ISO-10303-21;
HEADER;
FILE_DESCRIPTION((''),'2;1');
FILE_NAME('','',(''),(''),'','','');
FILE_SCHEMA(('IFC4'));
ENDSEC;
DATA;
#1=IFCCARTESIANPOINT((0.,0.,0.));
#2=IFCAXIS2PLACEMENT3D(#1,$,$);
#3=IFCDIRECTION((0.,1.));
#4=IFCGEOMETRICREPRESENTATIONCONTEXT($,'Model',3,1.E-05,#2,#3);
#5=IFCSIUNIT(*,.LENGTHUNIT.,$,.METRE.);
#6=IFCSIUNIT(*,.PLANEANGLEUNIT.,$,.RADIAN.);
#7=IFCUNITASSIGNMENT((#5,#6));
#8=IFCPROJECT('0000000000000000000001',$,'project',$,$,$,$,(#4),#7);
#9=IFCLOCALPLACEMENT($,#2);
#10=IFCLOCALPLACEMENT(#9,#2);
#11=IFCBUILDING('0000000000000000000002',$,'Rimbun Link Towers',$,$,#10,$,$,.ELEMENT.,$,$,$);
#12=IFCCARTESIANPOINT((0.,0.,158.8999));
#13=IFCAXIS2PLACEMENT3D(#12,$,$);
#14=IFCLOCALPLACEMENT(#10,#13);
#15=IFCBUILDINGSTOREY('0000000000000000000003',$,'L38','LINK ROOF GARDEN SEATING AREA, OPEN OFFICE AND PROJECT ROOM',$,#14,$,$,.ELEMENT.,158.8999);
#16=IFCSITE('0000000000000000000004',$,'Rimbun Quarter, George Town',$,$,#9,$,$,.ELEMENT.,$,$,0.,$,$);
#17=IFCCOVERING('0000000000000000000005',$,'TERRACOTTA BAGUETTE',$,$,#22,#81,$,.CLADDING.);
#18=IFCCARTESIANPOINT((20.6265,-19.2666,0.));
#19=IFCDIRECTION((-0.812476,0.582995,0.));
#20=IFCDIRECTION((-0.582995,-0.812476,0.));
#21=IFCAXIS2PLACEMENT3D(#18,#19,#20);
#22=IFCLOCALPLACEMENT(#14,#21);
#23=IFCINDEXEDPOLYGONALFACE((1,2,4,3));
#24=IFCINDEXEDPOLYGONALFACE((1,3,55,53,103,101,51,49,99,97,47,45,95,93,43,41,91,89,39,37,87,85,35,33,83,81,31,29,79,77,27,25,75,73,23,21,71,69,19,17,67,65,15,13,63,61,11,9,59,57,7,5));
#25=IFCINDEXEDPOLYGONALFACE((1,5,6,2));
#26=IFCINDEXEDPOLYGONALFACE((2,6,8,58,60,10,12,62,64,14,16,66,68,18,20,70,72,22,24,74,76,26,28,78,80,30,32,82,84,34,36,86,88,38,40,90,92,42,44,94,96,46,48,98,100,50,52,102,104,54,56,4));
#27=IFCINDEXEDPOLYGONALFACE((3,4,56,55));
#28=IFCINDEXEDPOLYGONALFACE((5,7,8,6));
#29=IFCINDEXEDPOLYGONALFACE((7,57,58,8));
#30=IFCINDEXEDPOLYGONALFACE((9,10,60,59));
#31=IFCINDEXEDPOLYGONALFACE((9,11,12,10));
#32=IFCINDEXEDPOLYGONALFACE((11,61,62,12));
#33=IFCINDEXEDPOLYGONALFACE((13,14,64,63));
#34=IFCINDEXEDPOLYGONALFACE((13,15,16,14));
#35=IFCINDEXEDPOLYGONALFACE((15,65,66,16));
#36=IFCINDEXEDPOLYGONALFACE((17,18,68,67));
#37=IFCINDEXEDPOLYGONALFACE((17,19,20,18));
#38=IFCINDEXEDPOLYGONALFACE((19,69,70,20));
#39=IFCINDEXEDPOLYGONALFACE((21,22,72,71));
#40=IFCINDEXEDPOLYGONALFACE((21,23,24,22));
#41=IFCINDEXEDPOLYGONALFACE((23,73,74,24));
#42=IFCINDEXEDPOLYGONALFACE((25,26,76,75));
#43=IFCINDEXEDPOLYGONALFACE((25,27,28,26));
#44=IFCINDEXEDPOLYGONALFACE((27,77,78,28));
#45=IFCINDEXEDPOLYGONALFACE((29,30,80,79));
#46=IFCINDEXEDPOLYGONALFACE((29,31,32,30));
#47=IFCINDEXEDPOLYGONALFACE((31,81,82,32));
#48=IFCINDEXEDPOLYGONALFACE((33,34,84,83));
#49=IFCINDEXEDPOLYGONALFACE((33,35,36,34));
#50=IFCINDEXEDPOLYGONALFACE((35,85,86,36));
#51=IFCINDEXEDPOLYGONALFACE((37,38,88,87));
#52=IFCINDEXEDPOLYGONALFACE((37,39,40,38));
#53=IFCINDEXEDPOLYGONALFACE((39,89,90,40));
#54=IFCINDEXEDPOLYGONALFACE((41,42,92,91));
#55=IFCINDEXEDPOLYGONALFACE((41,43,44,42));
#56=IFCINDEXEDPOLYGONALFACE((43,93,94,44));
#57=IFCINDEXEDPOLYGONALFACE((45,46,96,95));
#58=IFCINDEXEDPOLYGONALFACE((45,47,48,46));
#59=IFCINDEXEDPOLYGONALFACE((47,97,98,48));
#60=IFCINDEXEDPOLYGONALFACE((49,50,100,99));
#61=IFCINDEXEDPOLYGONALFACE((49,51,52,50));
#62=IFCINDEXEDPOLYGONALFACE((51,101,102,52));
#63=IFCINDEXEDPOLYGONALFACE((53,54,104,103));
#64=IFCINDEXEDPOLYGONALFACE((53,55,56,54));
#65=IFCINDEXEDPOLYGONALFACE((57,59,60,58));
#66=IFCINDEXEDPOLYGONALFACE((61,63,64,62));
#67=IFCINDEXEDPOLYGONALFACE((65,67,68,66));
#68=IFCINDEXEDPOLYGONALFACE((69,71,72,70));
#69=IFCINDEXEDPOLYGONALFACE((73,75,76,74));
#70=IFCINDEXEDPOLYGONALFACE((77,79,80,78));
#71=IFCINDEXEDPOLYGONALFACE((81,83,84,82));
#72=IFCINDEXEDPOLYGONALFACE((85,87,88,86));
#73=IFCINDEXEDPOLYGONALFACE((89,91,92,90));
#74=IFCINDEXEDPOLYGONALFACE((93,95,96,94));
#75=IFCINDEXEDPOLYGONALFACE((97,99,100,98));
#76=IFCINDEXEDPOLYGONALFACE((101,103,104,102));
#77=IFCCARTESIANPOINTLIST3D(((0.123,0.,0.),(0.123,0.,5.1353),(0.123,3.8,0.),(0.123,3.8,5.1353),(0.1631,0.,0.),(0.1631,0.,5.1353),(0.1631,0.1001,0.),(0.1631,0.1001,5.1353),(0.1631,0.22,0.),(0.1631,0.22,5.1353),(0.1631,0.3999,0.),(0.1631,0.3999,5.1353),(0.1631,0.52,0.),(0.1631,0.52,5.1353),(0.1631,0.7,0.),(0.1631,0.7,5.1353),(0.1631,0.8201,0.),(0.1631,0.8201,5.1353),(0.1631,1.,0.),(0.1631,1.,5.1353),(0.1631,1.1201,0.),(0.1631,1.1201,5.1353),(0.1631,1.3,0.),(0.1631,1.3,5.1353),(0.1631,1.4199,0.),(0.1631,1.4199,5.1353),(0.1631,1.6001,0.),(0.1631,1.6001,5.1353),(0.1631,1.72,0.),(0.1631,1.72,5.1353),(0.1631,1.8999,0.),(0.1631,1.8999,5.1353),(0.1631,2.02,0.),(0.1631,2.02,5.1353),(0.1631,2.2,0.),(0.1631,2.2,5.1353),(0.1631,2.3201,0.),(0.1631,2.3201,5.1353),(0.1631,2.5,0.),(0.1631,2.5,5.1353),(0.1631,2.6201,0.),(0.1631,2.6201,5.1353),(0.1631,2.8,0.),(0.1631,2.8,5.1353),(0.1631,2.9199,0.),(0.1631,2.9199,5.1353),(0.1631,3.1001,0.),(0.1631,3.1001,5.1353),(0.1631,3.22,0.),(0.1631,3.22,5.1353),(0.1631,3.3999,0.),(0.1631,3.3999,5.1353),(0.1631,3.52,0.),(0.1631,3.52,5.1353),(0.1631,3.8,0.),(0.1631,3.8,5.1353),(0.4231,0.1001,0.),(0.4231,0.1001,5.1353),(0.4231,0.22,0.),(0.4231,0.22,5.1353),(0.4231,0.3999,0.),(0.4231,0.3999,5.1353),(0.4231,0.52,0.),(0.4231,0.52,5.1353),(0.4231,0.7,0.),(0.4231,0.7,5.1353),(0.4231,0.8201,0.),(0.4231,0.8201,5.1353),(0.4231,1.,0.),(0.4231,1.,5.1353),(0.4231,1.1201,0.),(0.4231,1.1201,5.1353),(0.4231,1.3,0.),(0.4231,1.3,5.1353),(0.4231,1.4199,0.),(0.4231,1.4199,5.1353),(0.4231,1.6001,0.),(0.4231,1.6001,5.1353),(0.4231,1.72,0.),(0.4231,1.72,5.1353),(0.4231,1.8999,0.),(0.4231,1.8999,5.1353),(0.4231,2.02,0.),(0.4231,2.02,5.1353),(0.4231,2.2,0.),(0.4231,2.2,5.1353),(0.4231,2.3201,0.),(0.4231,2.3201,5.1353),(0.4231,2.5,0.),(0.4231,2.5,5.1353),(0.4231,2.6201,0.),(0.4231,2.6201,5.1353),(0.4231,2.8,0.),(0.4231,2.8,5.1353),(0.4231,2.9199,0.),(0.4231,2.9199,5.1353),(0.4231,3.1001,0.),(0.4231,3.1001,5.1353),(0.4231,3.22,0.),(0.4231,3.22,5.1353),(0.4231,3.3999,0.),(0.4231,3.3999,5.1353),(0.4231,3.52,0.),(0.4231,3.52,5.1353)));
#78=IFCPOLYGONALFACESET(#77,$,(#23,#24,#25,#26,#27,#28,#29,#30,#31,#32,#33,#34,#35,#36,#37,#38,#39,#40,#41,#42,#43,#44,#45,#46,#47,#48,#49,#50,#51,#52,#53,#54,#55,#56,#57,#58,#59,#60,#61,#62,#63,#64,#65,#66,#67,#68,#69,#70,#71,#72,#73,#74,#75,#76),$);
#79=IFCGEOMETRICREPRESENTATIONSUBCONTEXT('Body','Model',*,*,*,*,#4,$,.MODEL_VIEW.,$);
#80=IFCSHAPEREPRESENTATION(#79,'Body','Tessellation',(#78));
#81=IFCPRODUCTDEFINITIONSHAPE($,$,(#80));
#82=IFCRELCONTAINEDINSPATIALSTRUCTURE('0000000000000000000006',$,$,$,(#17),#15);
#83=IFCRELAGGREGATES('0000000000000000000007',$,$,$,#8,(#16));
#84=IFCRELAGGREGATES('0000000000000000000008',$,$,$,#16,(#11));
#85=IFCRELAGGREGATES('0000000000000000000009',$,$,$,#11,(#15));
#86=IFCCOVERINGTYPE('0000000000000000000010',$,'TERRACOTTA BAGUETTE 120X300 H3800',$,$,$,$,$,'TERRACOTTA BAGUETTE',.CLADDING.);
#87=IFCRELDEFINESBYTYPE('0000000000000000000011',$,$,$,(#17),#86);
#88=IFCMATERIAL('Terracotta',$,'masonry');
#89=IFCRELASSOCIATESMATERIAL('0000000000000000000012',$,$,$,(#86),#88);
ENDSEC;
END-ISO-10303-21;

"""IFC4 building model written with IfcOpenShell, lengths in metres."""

from ifc_helpers import new_model, si_unit, direction, frame, origin, place, context, subcontext, project, spatial, polyline, outline, extrude, material, material_profile, profile_set, type_object, element, save


model = new_model("IFC4")

# Units and contexts
model_context = context("Model", 3, precision=1e-05, world=origin(), true_north=direction((0.0, 1.0)))
body_context = subcontext(model_context, "Body", "Model", "MODEL_VIEW")
ifc_project = project(units=[si_unit("LENGTHUNIT", "METRE"), si_unit("PLANEANGLEUNIT", "RADIAN")], contexts=[model_context])

# Site, building, storey
site_placement = place(None, origin())
site = spatial("IfcSite", under=ifc_project, at=site_placement, Name="Rimbun Quarter, George Town", CompositionType="ELEMENT", RefElevation=0.0)
building_placement = place(site_placement, origin())
building = spatial("IfcBuilding", under=site, at=building_placement, Name="Rimbun Link Towers", CompositionType="ELEMENT")
storey_placement = place(building_placement, frame((0.0, 0.0, 158.8999)))
storey = spatial("IfcBuildingStorey", under=building, at=storey_placement, Name="L38", Description="LINK ROOF GARDEN SEATING AREA, OPEN OFFICE AND PROJECT ROOM", CompositionType="ELEMENT", Elevation=158.8999)

# Covering
ifc_material_1 = material(Name="Terracotta", Category="masonry")
ifc_material_profile_1 = material_profile(ifc_material_1, outline(polyline([(0.123, 0.0), (0.1631, 0.0), (0.1631, 0.1001), (0.4231, 0.1001), (0.4231, 0.22), (0.1631, 0.22), (0.1631, 0.3999), (0.4231, 0.3999), (0.4231, 0.52), (0.1631, 0.52), (0.1631, 0.7), (0.4231, 0.7), (0.4231, 0.8201), (0.1631, 0.8201), (0.1631, 1.0), (0.4231, 1.0), (0.4231, 1.1201), (0.1631, 1.1201), (0.1631, 1.3), (0.4231, 1.3), (0.4231, 1.4199), (0.1631, 1.4199), (0.1631, 1.6001), (0.4231, 1.6001), (0.4231, 1.72), (0.1631, 1.72), (0.1631, 1.8999), (0.4231, 1.8999), (0.4231, 2.02), (0.1631, 2.02), (0.1631, 2.2), (0.4231, 2.2), (0.4231, 2.3201), (0.1631, 2.3201), (0.1631, 2.5), (0.4231, 2.5), (0.4231, 2.6201), (0.1631, 2.6201), (0.1631, 2.8), (0.4231, 2.8), (0.4231, 2.9199), (0.1631, 2.9199), (0.1631, 3.1001), (0.4231, 3.1001), (0.4231, 3.22), (0.1631, 3.22), (0.1631, 3.3999), (0.4231, 3.3999), (0.4231, 3.52), (0.1631, 3.52), (0.1631, 3.8), (0.123, 3.8), (0.123, 0.0)])), Name="BAGUETTE 120X300")
ifc_profile_set_1 = profile_set([ifc_material_profile_1], Name="Terracotta")
covering_type = type_object("IfcCoveringType", Name="TERRACOTTA BAGUETTE 120X300 H3800", ElementType="TERRACOTTA BAGUETTE", PredefinedType="CLADDING", material=ifc_profile_set_1)
covering_1_placement = place(storey_placement, frame((20.6265, -19.2666, 0.0), z_axis=(-0.812476, 0.582995, 0.0), x_axis=(-0.582995, -0.812476, 0.0)))
element("IfcCovering", 1, at=covering_1_placement, inside=storey, type_object=covering_type, Name="TERRACOTTA BAGUETTE", PredefinedType="CLADDING", context=body_context, shape_type="SweptSolid", body=[
    extrude(outline(polyline([(0.123, 0.0), (0.1631, 0.0), (0.1631, 0.1001), (0.4231, 0.1001), (0.4231, 0.22), (0.1631, 0.22), (0.1631, 0.3999), (0.4231, 0.3999), (0.4231, 0.52), (0.1631, 0.52), (0.1631, 0.7), (0.4231, 0.7), (0.4231, 0.8201), (0.1631, 0.8201), (0.1631, 1.0), (0.4231, 1.0), (0.4231, 1.1201), (0.1631, 1.1201), (0.1631, 1.3), (0.4231, 1.3), (0.4231, 1.4199), (0.1631, 1.4199), (0.1631, 1.6001), (0.4231, 1.6001), (0.4231, 1.72), (0.1631, 1.72), (0.1631, 1.8999), (0.4231, 1.8999), (0.4231, 2.02), (0.1631, 2.02), (0.1631, 2.2), (0.4231, 2.2), (0.4231, 2.3201), (0.1631, 2.3201), (0.1631, 2.5), (0.4231, 2.5), (0.4231, 2.6201), (0.1631, 2.6201), (0.1631, 2.8), (0.4231, 2.8), (0.4231, 2.9199), (0.1631, 2.9199), (0.1631, 3.1001), (0.4231, 3.1001), (0.4231, 3.22), (0.1631, 3.22), (0.1631, 3.3999), (0.4231, 3.3999), (0.4231, 3.52), (0.1631, 3.52), (0.1631, 3.8), (0.123, 3.8), (0.123, 0.0)])), origin(), (0.0, 0.0, 1.0), 5.1353),
])

save(model, "model.ifc")
